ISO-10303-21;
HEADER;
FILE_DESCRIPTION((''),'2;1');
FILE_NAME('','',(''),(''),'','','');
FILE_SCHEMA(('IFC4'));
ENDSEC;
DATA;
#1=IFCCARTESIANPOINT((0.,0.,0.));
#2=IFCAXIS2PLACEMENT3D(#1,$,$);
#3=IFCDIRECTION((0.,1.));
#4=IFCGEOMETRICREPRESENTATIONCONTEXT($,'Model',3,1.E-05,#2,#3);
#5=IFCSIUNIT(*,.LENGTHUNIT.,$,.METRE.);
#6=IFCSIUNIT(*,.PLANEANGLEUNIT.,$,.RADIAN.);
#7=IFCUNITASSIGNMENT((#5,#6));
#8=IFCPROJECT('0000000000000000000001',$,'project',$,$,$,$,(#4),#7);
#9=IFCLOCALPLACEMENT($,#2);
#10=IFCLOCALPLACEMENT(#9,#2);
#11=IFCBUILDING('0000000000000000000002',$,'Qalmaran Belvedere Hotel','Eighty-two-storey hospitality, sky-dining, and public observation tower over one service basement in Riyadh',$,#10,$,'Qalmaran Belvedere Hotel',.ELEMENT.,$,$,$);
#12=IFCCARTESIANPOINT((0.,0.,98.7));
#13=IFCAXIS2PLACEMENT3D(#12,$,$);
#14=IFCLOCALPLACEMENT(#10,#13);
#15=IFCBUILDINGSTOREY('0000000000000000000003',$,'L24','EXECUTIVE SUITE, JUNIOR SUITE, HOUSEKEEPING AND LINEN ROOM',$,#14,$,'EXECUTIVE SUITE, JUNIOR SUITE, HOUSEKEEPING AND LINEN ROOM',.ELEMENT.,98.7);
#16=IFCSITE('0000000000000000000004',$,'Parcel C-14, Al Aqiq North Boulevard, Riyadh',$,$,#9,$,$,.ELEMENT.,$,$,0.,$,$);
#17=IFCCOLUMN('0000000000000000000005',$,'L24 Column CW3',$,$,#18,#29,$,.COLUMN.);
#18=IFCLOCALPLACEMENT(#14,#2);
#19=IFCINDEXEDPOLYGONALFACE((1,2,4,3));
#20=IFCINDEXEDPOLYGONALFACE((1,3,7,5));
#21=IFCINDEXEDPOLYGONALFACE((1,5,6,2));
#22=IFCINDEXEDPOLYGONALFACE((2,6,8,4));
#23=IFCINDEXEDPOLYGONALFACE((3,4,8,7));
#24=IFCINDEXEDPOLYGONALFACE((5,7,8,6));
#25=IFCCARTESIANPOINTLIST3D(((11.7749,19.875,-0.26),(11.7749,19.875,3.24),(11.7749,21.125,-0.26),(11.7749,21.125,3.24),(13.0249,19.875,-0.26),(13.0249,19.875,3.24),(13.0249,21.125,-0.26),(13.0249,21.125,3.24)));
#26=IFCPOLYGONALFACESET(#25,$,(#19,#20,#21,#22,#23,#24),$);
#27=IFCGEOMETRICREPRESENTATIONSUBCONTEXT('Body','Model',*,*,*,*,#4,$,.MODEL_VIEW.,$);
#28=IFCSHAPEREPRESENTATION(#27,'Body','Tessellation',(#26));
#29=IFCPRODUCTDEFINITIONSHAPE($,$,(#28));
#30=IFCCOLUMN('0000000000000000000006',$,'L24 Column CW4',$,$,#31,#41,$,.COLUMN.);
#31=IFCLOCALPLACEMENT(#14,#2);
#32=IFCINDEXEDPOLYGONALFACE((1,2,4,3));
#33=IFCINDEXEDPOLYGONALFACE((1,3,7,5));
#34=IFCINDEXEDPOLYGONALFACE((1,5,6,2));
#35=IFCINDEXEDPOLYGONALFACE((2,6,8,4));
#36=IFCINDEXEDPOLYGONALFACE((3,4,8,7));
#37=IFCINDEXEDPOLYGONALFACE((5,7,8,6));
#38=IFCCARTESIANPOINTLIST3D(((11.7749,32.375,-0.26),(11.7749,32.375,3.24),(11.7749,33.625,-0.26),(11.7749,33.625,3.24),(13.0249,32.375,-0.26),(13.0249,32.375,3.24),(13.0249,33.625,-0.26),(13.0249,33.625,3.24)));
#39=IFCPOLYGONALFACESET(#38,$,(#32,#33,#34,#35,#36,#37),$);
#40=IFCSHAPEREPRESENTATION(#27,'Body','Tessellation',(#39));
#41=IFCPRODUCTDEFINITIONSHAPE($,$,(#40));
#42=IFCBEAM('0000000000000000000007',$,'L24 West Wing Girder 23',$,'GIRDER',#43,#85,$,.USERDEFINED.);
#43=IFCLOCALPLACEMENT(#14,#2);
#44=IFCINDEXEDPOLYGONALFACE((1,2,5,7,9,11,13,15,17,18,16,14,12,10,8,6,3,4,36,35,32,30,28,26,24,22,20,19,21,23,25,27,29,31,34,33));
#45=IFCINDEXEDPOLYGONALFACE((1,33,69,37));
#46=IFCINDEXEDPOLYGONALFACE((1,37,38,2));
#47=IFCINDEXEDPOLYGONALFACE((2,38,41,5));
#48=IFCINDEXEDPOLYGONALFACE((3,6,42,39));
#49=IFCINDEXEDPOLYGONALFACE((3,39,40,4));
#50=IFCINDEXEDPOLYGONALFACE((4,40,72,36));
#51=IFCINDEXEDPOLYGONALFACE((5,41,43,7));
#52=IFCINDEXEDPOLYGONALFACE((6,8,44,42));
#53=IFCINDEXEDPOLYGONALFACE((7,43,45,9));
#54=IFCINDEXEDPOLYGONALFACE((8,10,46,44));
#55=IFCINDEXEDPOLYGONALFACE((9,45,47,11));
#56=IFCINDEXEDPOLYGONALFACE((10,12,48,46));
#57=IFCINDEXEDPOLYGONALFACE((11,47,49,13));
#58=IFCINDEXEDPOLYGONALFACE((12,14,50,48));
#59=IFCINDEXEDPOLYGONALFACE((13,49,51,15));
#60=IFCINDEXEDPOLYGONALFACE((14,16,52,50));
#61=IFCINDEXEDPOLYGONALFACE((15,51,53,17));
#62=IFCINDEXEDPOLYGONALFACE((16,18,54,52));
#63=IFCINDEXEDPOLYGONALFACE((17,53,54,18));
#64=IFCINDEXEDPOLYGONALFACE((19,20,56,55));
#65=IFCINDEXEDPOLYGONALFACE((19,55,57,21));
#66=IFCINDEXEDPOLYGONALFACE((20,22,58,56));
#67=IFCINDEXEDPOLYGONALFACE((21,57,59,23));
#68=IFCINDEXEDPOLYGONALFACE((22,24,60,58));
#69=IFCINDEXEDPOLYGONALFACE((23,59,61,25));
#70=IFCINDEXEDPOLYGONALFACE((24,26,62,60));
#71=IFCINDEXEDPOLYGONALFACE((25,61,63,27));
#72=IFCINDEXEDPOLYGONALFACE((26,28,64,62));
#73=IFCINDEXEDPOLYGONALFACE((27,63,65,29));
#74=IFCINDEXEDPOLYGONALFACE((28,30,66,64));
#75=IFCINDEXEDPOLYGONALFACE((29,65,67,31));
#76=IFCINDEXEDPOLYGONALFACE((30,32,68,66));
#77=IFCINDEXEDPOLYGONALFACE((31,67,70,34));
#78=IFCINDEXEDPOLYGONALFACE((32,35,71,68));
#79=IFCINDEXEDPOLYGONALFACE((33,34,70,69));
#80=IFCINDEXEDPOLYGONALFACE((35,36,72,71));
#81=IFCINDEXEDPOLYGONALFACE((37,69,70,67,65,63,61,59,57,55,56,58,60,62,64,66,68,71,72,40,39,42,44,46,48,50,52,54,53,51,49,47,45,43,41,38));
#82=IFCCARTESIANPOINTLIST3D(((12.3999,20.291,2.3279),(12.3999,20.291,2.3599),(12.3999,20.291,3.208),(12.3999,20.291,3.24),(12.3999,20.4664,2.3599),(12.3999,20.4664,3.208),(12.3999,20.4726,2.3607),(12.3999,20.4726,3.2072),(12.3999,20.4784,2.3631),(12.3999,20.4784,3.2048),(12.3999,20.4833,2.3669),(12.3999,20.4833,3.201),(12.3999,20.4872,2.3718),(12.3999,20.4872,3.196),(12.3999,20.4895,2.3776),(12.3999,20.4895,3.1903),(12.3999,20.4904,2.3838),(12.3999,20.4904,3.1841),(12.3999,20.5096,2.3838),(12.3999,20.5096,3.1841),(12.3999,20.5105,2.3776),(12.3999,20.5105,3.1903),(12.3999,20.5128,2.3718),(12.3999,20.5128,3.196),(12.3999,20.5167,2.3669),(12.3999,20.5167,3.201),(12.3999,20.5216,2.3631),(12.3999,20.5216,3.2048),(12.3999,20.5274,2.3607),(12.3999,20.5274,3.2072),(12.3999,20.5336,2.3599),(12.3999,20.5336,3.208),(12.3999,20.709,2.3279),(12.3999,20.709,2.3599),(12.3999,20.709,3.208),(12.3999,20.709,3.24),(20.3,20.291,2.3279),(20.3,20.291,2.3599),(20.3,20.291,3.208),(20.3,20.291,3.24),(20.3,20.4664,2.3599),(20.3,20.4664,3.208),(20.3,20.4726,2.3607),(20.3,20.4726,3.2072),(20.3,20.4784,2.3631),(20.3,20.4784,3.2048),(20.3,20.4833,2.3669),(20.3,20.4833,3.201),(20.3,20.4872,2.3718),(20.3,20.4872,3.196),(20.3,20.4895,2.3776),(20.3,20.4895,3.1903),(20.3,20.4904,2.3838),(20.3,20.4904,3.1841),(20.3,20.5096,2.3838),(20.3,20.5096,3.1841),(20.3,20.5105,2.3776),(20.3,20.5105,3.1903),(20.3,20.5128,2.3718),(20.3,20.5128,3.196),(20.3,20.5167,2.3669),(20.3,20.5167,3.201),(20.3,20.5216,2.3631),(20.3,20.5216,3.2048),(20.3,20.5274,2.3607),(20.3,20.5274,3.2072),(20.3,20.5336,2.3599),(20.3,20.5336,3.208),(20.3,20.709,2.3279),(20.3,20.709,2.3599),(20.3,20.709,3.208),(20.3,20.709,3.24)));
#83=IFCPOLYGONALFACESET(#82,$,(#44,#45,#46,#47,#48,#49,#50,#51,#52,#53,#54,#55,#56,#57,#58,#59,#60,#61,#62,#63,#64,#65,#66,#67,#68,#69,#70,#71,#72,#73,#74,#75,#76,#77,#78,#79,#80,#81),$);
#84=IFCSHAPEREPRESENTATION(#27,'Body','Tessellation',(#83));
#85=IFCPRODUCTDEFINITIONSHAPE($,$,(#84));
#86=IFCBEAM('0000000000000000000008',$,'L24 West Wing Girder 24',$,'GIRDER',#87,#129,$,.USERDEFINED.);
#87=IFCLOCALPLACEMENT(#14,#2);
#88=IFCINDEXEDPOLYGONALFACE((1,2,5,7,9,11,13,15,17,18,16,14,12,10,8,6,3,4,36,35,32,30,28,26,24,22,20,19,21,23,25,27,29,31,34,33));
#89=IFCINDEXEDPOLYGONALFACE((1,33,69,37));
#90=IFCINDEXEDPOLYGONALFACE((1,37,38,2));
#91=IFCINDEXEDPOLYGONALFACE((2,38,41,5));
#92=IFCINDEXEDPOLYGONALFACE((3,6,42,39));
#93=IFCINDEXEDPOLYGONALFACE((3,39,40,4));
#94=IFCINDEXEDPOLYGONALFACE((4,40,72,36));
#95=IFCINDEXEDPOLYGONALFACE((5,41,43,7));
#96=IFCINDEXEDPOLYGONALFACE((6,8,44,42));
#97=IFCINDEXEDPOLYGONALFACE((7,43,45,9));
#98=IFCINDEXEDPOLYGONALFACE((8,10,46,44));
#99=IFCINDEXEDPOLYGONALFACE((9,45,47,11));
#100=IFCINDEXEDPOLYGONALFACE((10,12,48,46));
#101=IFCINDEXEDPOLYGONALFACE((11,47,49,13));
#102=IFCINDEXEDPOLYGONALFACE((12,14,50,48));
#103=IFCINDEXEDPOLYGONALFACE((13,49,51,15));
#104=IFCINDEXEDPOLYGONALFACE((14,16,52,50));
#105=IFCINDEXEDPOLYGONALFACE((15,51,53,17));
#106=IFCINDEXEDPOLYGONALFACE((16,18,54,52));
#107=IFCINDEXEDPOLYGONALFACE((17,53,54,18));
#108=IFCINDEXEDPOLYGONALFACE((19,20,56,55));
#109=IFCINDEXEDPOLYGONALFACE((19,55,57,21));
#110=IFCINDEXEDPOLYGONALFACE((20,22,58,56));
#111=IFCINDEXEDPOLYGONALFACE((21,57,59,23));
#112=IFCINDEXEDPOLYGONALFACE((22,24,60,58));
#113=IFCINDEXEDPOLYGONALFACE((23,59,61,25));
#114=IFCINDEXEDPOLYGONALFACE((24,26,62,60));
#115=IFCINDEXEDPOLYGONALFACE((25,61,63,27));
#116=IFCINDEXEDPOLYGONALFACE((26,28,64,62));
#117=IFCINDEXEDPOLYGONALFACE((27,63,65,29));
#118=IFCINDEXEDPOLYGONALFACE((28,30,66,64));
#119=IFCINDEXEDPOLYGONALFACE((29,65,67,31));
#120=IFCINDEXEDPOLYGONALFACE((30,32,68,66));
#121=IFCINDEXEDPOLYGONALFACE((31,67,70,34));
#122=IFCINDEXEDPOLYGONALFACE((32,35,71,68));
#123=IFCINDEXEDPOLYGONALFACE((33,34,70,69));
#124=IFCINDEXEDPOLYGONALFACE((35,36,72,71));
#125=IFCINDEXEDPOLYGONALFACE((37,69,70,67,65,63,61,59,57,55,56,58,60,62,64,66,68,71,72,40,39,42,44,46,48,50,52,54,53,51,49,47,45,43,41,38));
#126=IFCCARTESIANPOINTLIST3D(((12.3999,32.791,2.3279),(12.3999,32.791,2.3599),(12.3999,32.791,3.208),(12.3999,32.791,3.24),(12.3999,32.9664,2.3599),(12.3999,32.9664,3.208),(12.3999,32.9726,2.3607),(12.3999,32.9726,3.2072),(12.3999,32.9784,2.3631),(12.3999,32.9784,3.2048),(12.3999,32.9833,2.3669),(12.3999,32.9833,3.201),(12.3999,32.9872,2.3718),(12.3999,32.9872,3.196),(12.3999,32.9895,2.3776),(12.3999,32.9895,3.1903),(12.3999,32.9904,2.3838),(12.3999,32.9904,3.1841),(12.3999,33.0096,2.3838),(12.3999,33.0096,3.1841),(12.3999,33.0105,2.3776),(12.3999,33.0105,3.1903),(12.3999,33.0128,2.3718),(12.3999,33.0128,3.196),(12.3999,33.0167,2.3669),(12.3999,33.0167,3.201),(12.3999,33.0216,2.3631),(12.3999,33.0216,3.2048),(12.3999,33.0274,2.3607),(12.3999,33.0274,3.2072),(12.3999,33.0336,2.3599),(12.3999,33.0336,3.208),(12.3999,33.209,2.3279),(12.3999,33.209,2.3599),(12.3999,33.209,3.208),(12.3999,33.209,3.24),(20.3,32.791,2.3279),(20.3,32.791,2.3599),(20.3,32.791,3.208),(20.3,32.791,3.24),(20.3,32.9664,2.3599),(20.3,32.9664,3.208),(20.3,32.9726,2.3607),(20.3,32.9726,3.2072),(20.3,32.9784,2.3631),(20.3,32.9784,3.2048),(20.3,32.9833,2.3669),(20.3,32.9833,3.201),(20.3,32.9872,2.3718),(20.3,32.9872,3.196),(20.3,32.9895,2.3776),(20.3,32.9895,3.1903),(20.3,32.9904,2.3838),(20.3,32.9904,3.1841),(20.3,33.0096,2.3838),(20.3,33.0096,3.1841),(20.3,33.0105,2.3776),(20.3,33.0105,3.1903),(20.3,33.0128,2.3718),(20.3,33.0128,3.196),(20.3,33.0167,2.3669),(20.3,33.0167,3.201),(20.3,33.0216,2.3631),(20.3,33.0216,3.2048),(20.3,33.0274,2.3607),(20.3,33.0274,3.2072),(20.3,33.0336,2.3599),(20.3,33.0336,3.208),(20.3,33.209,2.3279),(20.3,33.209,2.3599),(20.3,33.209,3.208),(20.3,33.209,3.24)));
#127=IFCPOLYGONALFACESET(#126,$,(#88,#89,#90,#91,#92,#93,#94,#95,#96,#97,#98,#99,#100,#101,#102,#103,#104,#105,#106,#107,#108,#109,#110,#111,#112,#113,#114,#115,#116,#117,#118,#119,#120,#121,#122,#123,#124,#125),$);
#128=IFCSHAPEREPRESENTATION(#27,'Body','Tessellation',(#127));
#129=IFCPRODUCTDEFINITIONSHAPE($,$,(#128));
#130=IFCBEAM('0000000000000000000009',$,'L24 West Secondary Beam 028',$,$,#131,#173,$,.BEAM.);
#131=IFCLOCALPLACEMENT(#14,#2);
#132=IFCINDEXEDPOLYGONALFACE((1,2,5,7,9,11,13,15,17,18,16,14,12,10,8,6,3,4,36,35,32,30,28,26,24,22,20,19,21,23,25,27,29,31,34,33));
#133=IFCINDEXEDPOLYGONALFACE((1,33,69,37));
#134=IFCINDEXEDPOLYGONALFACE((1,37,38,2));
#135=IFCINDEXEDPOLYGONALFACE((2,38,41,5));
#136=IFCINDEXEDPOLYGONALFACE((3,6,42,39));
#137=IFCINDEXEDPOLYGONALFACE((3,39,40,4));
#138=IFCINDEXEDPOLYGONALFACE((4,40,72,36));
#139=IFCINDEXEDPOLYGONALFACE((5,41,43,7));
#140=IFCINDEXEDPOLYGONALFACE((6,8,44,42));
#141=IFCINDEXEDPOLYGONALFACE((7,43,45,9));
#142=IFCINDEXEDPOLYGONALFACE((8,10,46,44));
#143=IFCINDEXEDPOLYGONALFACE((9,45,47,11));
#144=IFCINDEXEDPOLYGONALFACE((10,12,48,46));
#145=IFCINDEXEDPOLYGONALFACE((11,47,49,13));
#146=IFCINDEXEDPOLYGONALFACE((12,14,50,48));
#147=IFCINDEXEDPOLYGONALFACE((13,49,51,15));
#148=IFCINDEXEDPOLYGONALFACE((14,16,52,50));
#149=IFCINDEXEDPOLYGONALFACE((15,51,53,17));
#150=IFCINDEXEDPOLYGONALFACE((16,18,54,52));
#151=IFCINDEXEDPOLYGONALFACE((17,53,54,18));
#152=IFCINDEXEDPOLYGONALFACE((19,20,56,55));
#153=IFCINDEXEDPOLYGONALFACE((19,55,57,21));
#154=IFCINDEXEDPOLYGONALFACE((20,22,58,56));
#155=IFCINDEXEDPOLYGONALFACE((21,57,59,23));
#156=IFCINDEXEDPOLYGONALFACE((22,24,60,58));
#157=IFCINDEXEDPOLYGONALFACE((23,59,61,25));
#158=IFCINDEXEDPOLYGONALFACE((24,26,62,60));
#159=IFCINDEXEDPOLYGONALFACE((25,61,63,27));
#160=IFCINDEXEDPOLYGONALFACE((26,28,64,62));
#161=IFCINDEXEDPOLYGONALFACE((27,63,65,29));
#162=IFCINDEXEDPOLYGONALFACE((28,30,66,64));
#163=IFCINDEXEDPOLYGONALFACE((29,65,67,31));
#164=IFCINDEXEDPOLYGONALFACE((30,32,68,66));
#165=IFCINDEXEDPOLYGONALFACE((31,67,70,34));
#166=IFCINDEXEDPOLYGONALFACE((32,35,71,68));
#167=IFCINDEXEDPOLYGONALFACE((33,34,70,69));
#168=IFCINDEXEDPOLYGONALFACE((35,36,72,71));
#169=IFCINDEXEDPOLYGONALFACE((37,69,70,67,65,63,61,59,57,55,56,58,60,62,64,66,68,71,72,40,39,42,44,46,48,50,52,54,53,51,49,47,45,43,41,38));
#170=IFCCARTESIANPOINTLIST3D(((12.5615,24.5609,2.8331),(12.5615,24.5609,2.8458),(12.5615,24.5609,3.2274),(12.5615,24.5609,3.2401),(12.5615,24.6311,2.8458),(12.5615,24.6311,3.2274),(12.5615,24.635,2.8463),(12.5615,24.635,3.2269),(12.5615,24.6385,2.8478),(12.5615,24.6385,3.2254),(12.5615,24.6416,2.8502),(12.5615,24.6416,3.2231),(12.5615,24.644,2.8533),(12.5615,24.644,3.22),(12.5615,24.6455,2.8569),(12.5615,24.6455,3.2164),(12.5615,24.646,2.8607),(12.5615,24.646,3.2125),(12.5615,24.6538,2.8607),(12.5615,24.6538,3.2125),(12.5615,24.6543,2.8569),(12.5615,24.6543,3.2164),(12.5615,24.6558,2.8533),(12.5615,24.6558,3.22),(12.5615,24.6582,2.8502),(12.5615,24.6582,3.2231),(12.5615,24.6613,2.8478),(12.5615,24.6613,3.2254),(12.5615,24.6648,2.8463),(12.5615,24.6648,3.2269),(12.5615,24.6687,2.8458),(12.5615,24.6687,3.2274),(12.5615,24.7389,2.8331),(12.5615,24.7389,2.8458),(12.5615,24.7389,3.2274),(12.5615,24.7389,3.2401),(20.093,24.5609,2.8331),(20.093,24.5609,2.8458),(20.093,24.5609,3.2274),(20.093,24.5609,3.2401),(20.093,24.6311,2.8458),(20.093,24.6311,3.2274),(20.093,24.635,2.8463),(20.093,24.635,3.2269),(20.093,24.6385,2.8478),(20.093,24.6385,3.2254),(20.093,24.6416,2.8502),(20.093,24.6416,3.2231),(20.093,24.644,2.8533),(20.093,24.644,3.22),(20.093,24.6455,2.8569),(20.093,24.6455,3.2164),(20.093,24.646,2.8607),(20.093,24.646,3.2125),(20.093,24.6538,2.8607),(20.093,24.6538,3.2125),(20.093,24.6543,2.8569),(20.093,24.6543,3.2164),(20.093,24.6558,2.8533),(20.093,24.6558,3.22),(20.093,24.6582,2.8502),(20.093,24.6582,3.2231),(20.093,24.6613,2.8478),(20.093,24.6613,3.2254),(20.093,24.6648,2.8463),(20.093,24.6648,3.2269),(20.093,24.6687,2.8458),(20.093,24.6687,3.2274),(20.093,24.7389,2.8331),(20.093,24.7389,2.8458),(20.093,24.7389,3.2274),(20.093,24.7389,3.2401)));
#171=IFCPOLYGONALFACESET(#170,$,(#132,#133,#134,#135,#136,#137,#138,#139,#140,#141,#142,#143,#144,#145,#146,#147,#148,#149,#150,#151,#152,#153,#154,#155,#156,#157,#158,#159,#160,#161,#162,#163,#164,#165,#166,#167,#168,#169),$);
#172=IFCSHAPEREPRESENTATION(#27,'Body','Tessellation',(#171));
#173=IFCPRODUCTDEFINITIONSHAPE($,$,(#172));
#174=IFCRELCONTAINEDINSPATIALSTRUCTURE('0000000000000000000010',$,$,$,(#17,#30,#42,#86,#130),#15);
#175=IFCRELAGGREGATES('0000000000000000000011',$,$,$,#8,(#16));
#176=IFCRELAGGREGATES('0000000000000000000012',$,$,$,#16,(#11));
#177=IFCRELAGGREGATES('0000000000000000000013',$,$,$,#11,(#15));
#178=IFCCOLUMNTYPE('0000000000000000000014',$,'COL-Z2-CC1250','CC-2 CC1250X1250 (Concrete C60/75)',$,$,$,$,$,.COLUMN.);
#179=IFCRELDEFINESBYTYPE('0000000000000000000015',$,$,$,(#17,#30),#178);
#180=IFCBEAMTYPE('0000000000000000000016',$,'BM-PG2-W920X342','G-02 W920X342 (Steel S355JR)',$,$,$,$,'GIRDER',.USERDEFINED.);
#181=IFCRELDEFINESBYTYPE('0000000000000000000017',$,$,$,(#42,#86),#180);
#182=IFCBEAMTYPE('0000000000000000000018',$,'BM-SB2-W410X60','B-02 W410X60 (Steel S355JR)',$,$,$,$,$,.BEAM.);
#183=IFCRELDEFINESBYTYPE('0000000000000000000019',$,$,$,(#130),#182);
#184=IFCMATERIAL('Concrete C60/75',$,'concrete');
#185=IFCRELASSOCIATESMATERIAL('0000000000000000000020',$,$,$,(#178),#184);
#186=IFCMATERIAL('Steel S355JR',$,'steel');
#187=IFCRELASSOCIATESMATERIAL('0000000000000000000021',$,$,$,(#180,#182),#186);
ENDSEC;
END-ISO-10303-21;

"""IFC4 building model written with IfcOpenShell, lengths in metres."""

from ifc_helpers import new_model, si_unit, direction, frame, origin, origin_2d, place, context, subcontext, project, spatial, rectangle, i_section, extrude, material, material_profile, profile_set, type_object, element, save


model = new_model("IFC4")

# Units and contexts
model_context = context("Model", 3, precision=1e-05, world=origin(), true_north=direction((0.0, 1.0)))
body_context = subcontext(model_context, "Body", "Model", "MODEL_VIEW")
ifc_project = project(units=[si_unit("LENGTHUNIT", "METRE"), si_unit("PLANEANGLEUNIT", "RADIAN")], contexts=[model_context])

# Site, building, storey
site_placement = place(None, origin())
site = spatial("IfcSite", under=ifc_project, at=site_placement, Name="Parcel C-14, Al Aqiq North Boulevard, Riyadh", CompositionType="ELEMENT", RefElevation=0.0)
building_placement = place(site_placement, origin())
building = spatial("IfcBuilding", under=site, at=building_placement, Name="Qalmaran Belvedere Hotel", Description="Eighty-two-storey hospitality, sky-dining, and public observation tower over one service basement in Riyadh", LongName="Qalmaran Belvedere Hotel", CompositionType="ELEMENT")
storey_placement = place(building_placement, frame((0.0, 0.0, 98.7)))
storey = spatial("IfcBuildingStorey", under=building, at=storey_placement, Name="L24", Description="EXECUTIVE SUITE, JUNIOR SUITE, HOUSEKEEPING AND LINEN ROOM", LongName="EXECUTIVE SUITE, JUNIOR SUITE, HOUSEKEEPING AND LINEN ROOM", CompositionType="ELEMENT", Elevation=98.7)

# Columns
ifc_material_1 = material(Name="Concrete C60/75", Category="concrete")
ifc_material_profile_1 = material_profile(ifc_material_1, rectangle(XDim=1.25, YDim=1.25, at=origin_2d()), Name="CC1250X1250")
ifc_profile_set_1 = profile_set([ifc_material_profile_1], Name="Concrete C60/75")
column_type = type_object("IfcColumnType", Name="COL-Z2-CC1250", Description="CC-2 CC1250X1250 (Concrete C60/75)", PredefinedType="COLUMN", material=ifc_profile_set_1)
for number, where, z_axis, x_axis, name in (
    (1, (12.3999, 20.5, -0.26), (0.0, 0.0, 1.0), (1.0, 0.0, 0.0), "L24 Column CW3"),
    (2, (12.3999, 33.0, -0.26), (0.0, 0.0, 1.0), (1.0, 0.0, 0.0), "L24 Column CW4"),
):
    element("IfcColumn", number, at=place(storey_placement, frame(where, z_axis=z_axis, x_axis=x_axis)), inside=storey, type_object=column_type, Name=name, PredefinedType="COLUMN", context=body_context, shape_type="SweptSolid", body=[
        extrude(rectangle(XDim=1.25, YDim=1.25, at=origin_2d()), origin(), (0.0, 0.0, 1.0), 3.5),
    ])

# Beams
ifc_material_2 = material(Name="Steel S355JR", Category="steel")
ifc_material_profile_2 = material_profile(ifc_material_2, i_section(OverallWidth=0.418, OverallDepth=0.9121, WebThickness=0.0193, FlangeThickness=0.032, FilletRadius=0.0239, at=origin_2d()), Name="W920X342")
ifc_profile_set_2 = profile_set([ifc_material_profile_2], Name="Steel S355JR")
beam_type_1 = type_object("IfcBeamType", Name="BM-PG2-W920X342", Description="G-02 W920X342 (Steel S355JR)", ElementType="GIRDER", PredefinedType="USERDEFINED", material=ifc_profile_set_2)
for number, where, z_axis, x_axis, name in (
    (3, (12.3999, 20.5, 2.7839), (1.0, 0.0, 0.0), (0.0, 1.0, 0.0), "L24 West Wing Girder 23"),
    (4, (12.3999, 33.0, 2.7839), (1.0, 0.0, 0.0), (0.0, 1.0, 0.0), "L24 West Wing Girder 24"),
):
    element("IfcBeam", number, at=place(storey_placement, frame(where, z_axis=z_axis, x_axis=x_axis)), inside=storey, type_object=beam_type_1, Name=name, ObjectType="GIRDER", PredefinedType="USERDEFINED", context=body_context, shape_type="SweptSolid", body=[
        extrude(i_section(OverallWidth=0.418, OverallDepth=0.9121, WebThickness=0.0193, FlangeThickness=0.032, FilletRadius=0.0239, at=origin_2d()), origin(), (0.0, 0.0, 1.0), 7.9001),
    ])
ifc_material_profile_3 = material_profile(ifc_material_2, i_section(OverallWidth=0.178, OverallDepth=0.407, WebThickness=0.0078, FlangeThickness=0.0127, FilletRadius=0.0149, at=origin_2d()), Name="W410X60")
ifc_profile_set_3 = profile_set([ifc_material_profile_3], Name="Steel S355JR")
beam_type_2 = type_object("IfcBeamType", Name="BM-SB2-W410X60", Description="B-02 W410X60 (Steel S355JR)", PredefinedType="BEAM", material=ifc_profile_set_3)
for number, where, z_axis, x_axis, name in (
    (5, (12.5615, 24.6499, 3.0366), (1.0, 0.0, 0.0), (0.0, 1.0, 0.0), "L24 West Secondary Beam 028"),
):
    element("IfcBeam", number, at=place(storey_placement, frame(where, z_axis=z_axis, x_axis=x_axis)), inside=storey, type_object=beam_type_2, Name=name, PredefinedType="BEAM", context=body_context, shape_type="SweptSolid", body=[
        extrude(i_section(OverallWidth=0.178, OverallDepth=0.407, WebThickness=0.0078, FlangeThickness=0.0127, FilletRadius=0.0149, at=origin_2d()), origin(), (0.0, 0.0, 1.0), 7.5315),
    ])

save(model, "model.ifc")
